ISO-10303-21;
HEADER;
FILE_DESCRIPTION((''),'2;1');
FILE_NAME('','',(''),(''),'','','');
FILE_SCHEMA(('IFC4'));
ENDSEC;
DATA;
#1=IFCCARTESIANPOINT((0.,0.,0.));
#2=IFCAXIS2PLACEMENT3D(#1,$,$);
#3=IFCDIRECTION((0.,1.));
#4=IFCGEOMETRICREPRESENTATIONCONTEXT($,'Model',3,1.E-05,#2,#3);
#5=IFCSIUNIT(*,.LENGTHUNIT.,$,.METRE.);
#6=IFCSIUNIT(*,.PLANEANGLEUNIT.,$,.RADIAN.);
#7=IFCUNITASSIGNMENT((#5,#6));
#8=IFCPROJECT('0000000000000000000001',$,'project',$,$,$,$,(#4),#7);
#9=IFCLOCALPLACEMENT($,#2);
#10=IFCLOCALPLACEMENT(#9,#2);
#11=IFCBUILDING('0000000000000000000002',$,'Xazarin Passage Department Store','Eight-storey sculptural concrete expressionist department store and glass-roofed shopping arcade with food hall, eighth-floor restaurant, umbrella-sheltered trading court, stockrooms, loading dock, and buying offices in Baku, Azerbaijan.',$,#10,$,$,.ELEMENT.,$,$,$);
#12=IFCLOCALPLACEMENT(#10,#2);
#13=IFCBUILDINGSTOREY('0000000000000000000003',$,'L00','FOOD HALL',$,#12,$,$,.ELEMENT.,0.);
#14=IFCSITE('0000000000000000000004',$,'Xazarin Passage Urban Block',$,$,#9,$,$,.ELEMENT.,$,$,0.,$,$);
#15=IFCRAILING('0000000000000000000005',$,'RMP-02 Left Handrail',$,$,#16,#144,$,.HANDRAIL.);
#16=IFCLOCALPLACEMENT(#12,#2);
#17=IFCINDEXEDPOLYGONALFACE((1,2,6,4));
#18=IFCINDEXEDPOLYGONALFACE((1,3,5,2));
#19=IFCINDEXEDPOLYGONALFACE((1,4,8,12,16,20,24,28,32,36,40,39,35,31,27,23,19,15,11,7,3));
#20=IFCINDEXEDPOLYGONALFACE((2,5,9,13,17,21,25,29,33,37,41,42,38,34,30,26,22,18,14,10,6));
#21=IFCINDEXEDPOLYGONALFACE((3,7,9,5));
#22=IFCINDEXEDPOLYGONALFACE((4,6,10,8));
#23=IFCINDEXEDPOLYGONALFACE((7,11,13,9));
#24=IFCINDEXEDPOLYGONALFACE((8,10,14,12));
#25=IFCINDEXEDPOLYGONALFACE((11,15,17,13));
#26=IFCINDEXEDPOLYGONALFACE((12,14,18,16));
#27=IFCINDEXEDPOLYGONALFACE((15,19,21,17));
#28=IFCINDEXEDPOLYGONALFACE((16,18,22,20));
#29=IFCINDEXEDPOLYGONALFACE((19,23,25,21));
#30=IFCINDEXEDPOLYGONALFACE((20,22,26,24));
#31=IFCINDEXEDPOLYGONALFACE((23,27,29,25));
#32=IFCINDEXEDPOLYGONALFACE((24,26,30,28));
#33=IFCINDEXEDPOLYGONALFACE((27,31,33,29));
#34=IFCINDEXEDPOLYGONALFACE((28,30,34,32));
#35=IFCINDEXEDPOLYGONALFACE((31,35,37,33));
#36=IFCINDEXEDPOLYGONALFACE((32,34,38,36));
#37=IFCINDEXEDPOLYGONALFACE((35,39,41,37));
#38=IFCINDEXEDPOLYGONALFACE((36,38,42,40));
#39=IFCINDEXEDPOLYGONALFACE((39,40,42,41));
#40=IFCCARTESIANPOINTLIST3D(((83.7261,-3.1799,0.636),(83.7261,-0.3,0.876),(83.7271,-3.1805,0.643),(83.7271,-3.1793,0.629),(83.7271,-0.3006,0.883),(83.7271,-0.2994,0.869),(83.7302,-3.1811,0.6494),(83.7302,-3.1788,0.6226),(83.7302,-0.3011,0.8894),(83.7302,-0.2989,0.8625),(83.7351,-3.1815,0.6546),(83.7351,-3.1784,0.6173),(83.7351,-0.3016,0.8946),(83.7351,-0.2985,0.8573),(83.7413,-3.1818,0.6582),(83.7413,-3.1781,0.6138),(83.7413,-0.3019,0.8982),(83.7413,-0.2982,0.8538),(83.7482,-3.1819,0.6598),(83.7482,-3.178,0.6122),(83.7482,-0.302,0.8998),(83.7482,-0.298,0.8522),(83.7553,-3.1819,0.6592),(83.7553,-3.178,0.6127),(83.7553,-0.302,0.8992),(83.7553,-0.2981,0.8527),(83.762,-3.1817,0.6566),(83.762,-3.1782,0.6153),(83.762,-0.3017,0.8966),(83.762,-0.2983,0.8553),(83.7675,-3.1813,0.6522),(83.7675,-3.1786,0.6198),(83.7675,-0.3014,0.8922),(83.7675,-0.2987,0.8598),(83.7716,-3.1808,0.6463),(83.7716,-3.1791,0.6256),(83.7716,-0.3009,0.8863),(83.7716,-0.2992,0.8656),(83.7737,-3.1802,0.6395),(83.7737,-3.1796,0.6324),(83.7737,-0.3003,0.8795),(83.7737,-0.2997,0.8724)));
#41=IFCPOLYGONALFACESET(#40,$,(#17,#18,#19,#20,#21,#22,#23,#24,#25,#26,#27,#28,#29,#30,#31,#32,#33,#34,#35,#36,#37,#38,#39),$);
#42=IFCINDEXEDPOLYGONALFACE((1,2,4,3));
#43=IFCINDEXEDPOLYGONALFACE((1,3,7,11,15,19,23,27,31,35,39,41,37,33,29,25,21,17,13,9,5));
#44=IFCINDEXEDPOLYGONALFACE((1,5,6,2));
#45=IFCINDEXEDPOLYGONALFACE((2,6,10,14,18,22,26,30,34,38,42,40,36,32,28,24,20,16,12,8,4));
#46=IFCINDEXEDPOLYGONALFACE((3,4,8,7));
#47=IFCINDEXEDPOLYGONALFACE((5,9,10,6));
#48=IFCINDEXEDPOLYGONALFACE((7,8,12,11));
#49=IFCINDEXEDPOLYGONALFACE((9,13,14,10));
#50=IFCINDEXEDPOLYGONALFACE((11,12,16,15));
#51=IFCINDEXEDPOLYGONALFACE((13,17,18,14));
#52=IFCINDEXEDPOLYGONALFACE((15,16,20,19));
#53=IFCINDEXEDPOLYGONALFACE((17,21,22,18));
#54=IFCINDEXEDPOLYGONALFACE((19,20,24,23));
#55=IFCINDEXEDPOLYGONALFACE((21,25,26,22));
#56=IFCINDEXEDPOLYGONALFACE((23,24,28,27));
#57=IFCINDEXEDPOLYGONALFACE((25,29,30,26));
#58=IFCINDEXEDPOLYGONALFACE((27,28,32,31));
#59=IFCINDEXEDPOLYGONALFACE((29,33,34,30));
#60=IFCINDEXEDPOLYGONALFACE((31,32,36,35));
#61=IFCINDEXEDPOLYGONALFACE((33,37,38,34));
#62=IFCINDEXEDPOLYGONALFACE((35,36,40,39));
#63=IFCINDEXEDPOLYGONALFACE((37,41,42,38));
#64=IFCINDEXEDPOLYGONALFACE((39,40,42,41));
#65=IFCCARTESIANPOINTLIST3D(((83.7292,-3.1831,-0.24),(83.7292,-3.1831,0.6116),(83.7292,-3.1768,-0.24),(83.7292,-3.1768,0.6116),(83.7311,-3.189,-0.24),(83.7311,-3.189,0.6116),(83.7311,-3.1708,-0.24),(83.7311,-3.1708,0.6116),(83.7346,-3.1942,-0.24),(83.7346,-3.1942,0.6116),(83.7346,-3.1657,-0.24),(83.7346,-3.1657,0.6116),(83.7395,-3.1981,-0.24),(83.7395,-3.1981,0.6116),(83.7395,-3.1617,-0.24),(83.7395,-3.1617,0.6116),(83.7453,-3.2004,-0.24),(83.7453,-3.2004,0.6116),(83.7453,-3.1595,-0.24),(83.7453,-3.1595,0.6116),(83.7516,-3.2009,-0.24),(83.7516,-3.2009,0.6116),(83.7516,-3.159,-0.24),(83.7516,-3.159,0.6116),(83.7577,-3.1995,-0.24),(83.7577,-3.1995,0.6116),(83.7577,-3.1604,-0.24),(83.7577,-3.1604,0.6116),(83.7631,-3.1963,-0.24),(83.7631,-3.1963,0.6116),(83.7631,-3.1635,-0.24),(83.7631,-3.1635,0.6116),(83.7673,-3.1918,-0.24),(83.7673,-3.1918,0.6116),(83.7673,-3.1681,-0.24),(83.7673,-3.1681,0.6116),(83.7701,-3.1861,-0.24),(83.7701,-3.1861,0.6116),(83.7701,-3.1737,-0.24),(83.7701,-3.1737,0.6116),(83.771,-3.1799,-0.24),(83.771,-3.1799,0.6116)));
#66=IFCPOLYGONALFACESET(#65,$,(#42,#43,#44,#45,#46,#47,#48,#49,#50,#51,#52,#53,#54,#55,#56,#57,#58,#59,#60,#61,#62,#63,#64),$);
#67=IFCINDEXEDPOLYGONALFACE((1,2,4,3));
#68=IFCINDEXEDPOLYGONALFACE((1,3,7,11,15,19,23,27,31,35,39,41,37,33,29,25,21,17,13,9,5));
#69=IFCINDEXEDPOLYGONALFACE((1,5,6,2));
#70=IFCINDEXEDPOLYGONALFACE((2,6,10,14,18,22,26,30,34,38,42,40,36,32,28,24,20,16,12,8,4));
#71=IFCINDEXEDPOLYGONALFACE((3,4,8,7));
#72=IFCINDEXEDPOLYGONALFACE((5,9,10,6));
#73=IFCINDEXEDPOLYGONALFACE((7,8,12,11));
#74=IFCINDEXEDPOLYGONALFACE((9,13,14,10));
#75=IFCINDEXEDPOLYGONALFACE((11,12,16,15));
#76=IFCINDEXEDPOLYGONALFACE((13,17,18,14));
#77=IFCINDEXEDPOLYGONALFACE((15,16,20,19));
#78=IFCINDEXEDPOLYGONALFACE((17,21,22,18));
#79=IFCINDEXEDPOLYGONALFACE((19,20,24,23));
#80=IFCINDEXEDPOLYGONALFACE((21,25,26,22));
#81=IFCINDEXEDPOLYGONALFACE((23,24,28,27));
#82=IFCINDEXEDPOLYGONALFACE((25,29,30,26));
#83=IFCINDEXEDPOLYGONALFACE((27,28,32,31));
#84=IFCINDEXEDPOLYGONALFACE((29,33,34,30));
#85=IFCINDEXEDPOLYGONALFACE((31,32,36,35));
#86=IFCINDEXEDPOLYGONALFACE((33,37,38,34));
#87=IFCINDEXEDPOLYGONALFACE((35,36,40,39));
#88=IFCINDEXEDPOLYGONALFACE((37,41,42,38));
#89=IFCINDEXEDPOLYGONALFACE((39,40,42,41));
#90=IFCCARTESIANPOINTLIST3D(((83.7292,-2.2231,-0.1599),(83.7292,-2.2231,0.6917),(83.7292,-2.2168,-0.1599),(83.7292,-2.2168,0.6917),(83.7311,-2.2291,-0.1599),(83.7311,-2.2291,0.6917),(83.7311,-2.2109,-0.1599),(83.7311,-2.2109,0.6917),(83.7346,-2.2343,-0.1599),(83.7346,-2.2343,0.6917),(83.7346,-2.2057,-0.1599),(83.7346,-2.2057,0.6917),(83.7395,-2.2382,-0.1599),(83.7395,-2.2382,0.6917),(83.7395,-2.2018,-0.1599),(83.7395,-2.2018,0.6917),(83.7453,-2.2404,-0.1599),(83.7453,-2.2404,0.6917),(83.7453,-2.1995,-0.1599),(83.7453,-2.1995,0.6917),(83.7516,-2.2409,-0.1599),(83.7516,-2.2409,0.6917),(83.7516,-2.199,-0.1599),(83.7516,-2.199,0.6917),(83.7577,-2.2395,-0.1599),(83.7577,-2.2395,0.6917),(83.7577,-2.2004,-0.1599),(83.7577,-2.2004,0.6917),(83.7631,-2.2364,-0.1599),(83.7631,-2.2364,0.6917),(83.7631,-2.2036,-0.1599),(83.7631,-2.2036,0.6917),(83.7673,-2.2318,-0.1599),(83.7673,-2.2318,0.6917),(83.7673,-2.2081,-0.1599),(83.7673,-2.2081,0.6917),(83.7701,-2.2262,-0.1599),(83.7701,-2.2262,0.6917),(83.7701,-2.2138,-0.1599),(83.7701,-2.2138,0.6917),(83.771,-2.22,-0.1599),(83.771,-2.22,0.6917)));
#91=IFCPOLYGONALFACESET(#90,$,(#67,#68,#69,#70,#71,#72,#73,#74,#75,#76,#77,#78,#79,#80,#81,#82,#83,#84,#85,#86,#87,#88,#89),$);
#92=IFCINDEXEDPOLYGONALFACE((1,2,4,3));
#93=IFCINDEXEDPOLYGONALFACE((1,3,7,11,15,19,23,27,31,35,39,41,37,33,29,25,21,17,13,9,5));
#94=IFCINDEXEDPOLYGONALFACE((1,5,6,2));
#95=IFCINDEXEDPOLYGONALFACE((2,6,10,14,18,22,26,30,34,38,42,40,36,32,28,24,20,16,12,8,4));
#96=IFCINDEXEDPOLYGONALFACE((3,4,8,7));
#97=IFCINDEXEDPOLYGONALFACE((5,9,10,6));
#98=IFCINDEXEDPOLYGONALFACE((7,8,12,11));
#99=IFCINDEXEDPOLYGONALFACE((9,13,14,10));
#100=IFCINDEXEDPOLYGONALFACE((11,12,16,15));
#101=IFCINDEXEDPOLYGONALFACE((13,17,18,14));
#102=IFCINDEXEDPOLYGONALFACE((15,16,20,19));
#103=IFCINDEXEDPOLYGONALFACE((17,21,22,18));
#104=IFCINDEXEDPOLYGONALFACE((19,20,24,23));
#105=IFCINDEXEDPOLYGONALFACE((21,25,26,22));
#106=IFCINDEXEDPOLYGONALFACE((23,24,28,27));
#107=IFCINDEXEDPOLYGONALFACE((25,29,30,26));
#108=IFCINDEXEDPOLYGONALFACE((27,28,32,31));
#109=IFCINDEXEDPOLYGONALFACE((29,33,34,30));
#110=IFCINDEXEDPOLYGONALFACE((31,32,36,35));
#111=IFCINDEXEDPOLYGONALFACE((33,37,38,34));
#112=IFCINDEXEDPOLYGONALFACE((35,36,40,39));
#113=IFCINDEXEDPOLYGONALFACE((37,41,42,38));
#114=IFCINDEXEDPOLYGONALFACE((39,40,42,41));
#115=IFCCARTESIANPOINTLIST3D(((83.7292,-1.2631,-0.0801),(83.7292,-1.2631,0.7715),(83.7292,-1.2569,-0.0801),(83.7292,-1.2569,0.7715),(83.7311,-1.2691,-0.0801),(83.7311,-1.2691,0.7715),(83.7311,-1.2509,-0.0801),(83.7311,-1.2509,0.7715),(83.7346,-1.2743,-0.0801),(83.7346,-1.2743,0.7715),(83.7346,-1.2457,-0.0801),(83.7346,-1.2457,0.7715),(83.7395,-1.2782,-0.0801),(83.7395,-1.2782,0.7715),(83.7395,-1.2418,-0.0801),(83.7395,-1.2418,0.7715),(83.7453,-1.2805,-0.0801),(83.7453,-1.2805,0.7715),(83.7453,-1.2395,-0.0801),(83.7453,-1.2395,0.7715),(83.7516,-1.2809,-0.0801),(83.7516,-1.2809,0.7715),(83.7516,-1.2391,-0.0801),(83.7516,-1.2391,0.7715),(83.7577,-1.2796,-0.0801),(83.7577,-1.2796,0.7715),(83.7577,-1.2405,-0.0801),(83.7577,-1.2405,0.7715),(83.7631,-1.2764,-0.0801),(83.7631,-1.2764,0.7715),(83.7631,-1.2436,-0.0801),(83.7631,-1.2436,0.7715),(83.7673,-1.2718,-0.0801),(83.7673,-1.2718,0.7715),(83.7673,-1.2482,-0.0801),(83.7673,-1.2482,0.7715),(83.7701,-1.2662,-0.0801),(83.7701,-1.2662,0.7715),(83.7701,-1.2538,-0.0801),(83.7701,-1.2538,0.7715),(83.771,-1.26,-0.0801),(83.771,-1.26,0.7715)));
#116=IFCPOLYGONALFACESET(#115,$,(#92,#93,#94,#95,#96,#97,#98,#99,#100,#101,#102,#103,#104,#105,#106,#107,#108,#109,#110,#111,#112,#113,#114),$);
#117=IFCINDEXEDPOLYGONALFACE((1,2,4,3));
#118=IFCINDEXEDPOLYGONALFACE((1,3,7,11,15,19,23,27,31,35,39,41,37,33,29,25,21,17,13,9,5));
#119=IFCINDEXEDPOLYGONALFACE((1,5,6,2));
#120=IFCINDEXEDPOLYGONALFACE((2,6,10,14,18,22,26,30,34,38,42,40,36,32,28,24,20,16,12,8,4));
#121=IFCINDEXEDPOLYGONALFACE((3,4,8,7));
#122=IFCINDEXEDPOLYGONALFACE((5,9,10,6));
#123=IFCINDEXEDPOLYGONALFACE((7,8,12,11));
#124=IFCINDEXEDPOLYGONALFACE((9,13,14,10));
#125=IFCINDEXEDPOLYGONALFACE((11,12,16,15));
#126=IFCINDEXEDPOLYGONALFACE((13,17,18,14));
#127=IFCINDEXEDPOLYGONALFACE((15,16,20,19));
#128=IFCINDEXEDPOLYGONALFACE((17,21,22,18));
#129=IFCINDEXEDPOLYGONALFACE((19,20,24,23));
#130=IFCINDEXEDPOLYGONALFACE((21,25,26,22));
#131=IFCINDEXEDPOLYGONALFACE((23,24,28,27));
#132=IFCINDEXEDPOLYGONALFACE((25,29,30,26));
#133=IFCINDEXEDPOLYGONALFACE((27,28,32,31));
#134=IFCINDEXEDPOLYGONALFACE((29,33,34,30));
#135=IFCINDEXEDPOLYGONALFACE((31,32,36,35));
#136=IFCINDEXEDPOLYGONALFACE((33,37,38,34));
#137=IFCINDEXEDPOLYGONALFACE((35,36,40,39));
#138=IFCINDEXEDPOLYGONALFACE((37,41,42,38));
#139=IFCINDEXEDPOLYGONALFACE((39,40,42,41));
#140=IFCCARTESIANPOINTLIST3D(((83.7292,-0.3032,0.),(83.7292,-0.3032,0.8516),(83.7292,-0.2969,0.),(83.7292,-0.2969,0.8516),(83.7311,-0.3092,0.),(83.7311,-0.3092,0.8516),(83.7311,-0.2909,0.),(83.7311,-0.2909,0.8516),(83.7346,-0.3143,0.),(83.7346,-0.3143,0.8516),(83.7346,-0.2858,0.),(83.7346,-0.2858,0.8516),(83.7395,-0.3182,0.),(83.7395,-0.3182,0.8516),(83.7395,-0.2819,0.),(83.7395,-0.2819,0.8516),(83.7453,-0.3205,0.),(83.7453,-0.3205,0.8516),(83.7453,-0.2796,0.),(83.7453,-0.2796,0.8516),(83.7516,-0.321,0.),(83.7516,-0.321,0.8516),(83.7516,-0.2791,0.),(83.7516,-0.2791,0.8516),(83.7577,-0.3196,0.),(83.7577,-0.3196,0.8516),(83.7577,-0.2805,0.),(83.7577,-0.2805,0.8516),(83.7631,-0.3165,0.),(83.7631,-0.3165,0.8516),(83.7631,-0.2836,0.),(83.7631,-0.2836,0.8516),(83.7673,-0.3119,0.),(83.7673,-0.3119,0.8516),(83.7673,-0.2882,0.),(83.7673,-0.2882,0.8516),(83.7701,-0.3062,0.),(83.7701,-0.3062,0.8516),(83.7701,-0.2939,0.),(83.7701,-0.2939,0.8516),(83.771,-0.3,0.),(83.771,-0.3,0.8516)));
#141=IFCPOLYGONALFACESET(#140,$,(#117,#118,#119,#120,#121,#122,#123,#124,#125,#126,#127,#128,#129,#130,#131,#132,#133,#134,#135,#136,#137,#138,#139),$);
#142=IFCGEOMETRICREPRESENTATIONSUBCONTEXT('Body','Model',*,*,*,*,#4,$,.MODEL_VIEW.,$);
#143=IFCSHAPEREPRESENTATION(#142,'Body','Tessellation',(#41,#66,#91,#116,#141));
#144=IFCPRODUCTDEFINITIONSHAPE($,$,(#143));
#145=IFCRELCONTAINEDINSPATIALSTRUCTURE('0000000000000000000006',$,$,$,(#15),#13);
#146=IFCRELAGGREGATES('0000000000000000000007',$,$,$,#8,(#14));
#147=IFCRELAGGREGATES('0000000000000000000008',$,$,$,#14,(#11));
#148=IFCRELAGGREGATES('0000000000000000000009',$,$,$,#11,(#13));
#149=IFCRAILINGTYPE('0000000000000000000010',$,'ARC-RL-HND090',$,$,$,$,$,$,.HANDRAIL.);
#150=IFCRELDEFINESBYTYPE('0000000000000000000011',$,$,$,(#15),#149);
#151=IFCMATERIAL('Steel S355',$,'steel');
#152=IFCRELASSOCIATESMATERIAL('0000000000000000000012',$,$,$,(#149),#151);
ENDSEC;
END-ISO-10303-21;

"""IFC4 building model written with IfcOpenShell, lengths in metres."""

from ifc_helpers import new_model, si_unit, direction, frame, origin, origin_2d, place, context, subcontext, project, spatial, circle, extrude, material, type_object, element, save


model = new_model("IFC4")

# Units and contexts
model_context = context("Model", 3, precision=1e-05, world=origin(), true_north=direction((0.0, 1.0)))
body_context = subcontext(model_context, "Body", "Model", "MODEL_VIEW")
ifc_project = project(units=[si_unit("LENGTHUNIT", "METRE"), si_unit("PLANEANGLEUNIT", "RADIAN")], contexts=[model_context])

# Site, building, storey
site_placement = place(None, origin())
site = spatial("IfcSite", under=ifc_project, at=site_placement, Name="Xazarin Passage Urban Block", CompositionType="ELEMENT", RefElevation=0.0)
building_placement = place(site_placement, origin())
building = spatial("IfcBuilding", under=site, at=building_placement, Name="Xazarin Passage Department Store", Description="Eight-storey sculptural concrete expressionist department store and glass-roofed shopping arcade with food hall, eighth-floor restaurant, umbrella-sheltered trading court, stockrooms, loading dock, and buying offices in Baku, Azerbaijan.", CompositionType="ELEMENT")
storey_placement = place(building_placement, origin())
storey = spatial("IfcBuildingStorey", under=building, at=storey_placement, Name="L00", Description="FOOD HALL", CompositionType="ELEMENT", Elevation=0.0)

# Shared definitions
ifc_material_1 = material(Name="Steel S355", Category="steel")

# Railing
railing_type_1 = type_object("IfcRailingType", Name="ARC-RL-HND090", PredefinedType="HANDRAIL", material=ifc_material_1)
for number, where, name in (
    (1, (83.75, -3.1799, -0.24), "RMP-02 Left Handrail"),
):
    element("IfcRailing", number, at=place(storey_placement, frame(where)), inside=storey, type_object=railing_type_1, Name=name, PredefinedType="HANDRAIL", context=body_context, shape_type="SweptSolid", body=[
        extrude(circle(Radius=0.0239, at=origin_2d()), frame((0.0, 0.0, 0.876), z_axis=(0.0, 0.996546, 0.083045), x_axis=(-1.0, 0.0, 0.0)), (0.0, 0.0, 1.0), 2.8899),
        extrude(circle(Radius=0.021, at=origin_2d()), origin(), (0.0, 0.0, 1.0), 0.8516),
        extrude(circle(Radius=0.021, at=origin_2d()), frame((0.0, 0.96, 0.0801)), (0.0, 0.0, 1.0), 0.8516),
        extrude(circle(Radius=0.021, at=origin_2d()), frame((0.0, 1.9199, 0.1599)), (0.0, 0.0, 1.0), 0.8516),
        extrude(circle(Radius=0.021, at=origin_2d()), frame((0.0, 2.8799, 0.24)), (0.0, 0.0, 1.0), 0.8516),
    ])

save(model, "model.ifc")
